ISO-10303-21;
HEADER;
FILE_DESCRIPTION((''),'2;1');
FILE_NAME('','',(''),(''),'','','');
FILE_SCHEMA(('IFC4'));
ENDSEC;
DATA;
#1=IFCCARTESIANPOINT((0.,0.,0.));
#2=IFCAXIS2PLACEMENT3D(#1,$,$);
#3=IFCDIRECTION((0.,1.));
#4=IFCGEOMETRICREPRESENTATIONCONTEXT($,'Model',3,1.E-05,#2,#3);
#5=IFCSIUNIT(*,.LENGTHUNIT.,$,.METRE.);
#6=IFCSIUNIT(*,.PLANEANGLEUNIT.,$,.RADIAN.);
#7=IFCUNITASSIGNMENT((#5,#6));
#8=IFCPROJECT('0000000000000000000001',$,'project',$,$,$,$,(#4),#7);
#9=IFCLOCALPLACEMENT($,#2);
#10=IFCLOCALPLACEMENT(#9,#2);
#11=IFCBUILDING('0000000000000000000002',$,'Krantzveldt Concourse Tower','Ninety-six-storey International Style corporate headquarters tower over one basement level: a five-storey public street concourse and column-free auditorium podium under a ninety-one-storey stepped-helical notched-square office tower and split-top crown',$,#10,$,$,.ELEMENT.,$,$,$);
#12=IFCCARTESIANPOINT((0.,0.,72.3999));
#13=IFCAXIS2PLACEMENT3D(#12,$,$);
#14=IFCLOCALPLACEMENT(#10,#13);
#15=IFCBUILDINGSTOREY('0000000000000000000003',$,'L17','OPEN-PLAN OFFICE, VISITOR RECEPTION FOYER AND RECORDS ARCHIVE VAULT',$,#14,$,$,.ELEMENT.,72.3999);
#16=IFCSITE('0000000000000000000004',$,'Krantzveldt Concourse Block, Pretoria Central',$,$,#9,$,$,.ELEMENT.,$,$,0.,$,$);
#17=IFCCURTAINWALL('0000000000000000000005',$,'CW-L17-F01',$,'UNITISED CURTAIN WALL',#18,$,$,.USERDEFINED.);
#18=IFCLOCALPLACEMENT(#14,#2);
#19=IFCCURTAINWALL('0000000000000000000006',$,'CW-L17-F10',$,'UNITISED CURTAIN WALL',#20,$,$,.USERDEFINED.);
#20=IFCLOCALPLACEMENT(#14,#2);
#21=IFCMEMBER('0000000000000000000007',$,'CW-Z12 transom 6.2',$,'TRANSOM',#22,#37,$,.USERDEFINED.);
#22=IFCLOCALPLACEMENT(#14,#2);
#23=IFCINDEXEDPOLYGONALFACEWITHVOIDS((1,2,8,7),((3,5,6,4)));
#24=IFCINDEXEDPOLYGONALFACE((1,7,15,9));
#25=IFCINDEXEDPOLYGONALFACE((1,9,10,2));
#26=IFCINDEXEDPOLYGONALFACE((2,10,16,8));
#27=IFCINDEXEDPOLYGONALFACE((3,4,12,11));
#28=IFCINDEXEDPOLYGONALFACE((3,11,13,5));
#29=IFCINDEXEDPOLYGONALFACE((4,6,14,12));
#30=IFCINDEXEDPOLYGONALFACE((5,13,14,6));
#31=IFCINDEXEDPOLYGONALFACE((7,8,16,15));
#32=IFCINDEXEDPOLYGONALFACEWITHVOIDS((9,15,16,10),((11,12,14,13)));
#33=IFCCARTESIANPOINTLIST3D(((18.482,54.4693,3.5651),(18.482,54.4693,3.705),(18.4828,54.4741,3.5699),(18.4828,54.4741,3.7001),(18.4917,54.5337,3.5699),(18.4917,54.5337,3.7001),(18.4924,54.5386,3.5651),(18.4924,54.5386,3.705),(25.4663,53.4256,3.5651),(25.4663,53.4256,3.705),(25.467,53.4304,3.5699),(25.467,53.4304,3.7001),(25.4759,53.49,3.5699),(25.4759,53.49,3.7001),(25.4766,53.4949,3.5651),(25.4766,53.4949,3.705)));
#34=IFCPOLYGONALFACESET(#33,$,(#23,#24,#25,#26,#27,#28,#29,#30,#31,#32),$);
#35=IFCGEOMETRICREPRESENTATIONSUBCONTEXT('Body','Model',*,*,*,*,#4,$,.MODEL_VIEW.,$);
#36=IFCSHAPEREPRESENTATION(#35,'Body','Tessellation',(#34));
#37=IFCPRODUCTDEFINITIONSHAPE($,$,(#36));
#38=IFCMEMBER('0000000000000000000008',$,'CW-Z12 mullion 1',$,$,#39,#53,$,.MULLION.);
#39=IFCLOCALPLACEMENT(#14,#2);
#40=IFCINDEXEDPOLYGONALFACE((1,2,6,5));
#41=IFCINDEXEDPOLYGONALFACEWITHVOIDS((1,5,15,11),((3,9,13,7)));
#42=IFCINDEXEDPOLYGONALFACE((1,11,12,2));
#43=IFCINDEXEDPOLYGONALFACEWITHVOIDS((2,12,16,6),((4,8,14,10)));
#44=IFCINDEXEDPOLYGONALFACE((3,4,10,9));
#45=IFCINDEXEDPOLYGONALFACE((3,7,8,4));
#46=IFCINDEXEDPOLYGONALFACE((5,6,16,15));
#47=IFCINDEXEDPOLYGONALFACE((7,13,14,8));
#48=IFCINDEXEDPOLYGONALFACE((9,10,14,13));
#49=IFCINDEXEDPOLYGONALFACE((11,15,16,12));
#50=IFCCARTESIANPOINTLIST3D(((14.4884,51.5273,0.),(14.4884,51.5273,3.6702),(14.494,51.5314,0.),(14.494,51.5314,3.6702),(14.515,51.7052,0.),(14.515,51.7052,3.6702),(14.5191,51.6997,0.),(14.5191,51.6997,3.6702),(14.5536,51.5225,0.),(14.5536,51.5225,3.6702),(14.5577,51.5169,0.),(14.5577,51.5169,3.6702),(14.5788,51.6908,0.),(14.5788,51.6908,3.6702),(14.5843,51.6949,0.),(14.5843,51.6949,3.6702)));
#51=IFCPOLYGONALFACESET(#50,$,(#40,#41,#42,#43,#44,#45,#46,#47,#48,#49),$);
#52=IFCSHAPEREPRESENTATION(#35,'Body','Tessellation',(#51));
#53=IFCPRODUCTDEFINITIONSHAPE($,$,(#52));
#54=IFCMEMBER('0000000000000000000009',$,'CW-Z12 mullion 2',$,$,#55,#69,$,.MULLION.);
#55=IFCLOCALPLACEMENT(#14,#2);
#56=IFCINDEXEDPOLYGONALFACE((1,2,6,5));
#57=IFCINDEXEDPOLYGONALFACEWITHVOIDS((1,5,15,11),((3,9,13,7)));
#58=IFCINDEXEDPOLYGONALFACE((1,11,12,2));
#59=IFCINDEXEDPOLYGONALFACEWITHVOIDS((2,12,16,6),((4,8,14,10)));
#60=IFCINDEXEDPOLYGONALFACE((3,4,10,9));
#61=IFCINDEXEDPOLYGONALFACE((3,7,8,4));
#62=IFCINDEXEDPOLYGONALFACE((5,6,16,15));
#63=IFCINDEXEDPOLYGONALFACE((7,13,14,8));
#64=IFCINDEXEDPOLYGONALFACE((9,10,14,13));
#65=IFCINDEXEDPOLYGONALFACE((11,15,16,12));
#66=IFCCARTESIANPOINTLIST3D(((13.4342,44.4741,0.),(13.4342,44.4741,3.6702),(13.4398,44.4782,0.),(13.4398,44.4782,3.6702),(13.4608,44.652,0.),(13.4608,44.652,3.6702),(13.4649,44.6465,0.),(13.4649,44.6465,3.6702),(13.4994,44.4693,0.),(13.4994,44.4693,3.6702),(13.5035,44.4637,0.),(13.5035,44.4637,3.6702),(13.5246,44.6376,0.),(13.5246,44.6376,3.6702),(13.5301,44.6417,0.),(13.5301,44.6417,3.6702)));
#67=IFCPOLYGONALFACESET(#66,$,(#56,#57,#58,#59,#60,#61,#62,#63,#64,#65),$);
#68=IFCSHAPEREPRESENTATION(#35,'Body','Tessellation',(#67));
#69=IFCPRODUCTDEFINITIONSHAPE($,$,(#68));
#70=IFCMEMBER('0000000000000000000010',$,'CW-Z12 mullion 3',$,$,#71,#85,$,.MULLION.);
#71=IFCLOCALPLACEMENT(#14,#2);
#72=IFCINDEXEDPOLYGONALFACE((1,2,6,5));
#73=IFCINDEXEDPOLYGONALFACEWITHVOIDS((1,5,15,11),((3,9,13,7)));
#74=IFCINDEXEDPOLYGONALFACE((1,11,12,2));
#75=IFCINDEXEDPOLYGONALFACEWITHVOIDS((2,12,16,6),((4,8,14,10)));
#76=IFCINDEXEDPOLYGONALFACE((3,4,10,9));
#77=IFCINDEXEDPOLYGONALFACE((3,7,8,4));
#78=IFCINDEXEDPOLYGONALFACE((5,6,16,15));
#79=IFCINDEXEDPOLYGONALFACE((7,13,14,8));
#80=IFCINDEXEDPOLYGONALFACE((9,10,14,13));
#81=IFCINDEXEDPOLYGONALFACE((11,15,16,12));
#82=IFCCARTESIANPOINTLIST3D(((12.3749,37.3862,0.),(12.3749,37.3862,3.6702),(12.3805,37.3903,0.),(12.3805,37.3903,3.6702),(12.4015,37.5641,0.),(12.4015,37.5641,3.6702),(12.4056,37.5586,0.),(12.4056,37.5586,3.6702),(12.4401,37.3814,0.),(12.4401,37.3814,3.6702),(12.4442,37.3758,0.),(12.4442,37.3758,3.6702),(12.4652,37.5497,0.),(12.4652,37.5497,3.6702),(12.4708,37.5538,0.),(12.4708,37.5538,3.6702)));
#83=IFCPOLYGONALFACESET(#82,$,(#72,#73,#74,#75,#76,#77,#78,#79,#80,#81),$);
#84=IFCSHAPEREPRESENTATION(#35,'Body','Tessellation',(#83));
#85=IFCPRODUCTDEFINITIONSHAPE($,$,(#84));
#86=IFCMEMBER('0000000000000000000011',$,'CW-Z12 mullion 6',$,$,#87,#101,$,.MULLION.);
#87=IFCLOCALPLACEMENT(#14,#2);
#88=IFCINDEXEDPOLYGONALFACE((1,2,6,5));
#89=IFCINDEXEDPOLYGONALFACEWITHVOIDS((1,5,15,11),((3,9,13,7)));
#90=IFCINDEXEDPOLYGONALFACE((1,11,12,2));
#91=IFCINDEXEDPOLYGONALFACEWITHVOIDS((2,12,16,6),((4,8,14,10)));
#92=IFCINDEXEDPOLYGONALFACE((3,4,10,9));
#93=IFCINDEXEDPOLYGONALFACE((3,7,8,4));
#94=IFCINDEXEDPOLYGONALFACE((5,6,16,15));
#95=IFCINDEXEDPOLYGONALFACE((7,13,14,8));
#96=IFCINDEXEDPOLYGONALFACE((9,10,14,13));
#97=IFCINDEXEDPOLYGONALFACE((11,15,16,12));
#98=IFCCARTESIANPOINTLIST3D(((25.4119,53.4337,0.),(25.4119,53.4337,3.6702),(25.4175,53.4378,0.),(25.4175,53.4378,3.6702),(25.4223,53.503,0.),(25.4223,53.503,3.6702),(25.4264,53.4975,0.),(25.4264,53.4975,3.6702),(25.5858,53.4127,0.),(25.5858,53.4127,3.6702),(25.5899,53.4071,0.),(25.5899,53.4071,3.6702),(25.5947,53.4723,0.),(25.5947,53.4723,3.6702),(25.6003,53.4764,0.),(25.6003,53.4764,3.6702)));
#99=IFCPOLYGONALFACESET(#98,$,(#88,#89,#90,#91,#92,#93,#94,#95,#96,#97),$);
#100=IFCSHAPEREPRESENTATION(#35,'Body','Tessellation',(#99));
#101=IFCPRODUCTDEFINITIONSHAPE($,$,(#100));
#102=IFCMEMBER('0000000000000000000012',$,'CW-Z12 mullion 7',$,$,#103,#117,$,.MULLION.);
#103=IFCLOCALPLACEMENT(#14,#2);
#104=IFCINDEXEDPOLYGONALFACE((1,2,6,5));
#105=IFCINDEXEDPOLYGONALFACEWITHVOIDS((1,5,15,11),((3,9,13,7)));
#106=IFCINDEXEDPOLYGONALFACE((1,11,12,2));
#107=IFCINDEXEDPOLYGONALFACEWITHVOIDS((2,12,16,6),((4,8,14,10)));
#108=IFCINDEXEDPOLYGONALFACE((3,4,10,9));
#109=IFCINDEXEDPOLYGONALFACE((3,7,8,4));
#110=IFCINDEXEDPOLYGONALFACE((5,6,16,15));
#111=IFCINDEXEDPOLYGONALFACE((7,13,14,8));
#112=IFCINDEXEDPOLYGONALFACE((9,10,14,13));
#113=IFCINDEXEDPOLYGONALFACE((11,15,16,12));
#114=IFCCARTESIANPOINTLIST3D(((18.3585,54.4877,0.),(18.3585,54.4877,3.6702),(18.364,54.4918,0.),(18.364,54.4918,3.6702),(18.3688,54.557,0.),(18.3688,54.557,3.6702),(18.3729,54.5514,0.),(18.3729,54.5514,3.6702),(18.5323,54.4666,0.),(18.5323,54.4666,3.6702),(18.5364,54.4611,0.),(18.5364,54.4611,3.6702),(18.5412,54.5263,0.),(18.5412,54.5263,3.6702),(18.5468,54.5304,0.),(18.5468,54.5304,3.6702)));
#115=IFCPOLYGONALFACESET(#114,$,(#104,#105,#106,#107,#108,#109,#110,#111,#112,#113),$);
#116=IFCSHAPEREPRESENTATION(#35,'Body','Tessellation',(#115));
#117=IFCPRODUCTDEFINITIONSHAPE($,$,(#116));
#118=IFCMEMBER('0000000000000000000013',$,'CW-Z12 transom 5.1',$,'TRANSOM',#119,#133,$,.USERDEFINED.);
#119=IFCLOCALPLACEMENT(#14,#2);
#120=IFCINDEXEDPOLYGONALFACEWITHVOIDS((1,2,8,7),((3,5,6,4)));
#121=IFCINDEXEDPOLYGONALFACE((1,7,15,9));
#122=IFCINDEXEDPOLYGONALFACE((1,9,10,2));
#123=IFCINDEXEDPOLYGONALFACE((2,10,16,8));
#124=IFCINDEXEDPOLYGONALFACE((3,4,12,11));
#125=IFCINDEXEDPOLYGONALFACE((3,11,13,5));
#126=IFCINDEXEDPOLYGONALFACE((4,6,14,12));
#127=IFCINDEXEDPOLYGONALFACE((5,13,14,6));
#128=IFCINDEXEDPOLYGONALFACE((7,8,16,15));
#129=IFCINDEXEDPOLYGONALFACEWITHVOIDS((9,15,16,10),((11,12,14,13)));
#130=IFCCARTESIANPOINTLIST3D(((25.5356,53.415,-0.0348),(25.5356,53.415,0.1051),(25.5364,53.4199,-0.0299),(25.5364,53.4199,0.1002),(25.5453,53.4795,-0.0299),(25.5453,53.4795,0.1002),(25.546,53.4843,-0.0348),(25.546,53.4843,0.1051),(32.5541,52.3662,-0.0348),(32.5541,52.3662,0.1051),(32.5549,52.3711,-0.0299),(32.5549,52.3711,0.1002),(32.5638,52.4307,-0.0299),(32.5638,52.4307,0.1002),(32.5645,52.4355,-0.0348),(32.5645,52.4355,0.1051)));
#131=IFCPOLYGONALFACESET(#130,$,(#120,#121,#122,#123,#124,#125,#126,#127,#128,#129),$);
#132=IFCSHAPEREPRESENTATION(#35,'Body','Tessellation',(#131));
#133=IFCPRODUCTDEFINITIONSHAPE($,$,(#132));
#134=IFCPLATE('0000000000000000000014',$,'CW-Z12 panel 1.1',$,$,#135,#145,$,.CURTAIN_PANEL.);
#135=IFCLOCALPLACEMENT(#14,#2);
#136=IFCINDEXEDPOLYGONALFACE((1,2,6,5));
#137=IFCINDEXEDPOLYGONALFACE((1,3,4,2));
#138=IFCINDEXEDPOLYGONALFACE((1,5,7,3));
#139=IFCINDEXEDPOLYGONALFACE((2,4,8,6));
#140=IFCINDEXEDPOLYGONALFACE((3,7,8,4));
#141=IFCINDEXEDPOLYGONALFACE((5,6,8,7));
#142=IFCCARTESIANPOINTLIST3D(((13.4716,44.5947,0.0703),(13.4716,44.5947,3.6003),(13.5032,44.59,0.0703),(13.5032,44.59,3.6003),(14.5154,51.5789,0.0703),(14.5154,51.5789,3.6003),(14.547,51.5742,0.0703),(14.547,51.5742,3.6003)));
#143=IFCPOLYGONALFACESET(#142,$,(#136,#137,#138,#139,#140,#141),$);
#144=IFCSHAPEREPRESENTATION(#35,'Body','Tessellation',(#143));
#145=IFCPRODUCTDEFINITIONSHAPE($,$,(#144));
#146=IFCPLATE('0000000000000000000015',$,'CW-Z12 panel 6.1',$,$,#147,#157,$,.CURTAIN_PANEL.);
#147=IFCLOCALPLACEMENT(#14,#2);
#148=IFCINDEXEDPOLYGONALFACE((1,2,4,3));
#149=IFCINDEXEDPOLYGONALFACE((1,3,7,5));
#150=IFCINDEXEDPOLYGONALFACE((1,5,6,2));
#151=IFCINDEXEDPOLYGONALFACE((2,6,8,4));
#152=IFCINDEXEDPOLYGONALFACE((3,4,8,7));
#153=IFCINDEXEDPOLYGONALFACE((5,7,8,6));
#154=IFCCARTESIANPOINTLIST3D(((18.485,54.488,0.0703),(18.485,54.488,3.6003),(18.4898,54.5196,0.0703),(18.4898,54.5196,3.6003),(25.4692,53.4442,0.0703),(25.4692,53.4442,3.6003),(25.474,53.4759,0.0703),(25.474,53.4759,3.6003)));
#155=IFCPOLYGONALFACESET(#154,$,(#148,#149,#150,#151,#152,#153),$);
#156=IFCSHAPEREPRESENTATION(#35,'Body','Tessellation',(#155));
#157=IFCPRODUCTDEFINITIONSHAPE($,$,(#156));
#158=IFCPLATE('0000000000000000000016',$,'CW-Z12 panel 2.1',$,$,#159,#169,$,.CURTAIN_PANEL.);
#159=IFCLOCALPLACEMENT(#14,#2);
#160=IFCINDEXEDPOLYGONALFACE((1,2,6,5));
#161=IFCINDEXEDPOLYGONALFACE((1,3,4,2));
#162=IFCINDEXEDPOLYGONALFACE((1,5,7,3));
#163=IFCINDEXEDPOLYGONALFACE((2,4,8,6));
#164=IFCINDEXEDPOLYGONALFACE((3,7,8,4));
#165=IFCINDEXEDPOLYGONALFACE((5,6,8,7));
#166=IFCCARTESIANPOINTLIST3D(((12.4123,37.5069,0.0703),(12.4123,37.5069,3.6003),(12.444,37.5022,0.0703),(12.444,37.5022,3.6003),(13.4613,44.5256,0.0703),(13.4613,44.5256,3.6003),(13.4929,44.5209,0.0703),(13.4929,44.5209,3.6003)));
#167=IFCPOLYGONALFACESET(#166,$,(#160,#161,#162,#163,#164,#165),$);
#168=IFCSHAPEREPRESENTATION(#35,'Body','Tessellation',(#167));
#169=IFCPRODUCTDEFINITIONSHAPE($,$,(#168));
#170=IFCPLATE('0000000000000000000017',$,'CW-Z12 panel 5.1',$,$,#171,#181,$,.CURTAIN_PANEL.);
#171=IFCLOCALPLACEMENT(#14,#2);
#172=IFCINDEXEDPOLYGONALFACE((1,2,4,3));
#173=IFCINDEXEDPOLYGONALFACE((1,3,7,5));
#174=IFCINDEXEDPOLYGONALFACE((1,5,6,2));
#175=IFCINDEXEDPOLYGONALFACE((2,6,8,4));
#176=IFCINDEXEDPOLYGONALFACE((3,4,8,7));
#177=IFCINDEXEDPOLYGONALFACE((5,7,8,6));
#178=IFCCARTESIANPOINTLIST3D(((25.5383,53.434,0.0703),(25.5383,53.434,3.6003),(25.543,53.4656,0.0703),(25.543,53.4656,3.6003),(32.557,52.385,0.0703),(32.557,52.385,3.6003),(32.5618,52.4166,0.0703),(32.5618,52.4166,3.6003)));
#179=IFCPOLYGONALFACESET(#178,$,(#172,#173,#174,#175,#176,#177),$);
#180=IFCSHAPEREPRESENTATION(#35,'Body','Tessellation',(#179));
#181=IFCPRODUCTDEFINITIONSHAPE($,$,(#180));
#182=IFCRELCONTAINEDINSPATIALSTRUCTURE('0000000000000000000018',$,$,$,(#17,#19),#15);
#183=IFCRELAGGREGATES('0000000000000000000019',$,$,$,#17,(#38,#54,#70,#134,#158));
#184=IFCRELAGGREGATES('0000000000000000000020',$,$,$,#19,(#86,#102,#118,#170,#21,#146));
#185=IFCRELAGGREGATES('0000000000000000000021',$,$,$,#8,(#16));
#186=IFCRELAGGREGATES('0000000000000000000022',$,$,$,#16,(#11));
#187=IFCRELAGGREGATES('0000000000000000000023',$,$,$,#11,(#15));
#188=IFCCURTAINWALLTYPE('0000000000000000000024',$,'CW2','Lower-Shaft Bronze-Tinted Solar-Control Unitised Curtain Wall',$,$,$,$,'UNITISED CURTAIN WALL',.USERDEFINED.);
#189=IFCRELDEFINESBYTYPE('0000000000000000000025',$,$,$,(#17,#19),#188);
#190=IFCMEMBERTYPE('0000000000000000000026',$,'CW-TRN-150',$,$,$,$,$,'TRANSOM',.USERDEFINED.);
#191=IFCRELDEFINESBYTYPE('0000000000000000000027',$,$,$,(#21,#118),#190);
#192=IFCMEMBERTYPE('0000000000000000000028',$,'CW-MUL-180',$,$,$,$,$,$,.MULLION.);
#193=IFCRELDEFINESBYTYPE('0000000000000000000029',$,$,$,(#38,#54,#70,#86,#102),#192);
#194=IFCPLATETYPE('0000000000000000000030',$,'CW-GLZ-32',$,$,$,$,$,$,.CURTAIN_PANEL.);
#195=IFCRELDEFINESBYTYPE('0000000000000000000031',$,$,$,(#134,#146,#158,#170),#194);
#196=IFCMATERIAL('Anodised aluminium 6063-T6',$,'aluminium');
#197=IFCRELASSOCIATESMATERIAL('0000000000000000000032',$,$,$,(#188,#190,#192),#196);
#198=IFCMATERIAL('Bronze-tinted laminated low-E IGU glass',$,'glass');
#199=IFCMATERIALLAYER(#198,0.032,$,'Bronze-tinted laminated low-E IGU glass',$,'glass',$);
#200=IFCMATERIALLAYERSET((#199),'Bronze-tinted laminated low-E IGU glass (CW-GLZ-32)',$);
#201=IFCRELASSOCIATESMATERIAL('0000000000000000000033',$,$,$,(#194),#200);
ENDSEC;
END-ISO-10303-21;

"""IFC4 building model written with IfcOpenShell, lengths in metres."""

from ifc_helpers import new_model, si_unit, direction, frame, origin, origin_2d, place, context, subcontext, project, spatial, rectangle, hollow_rectangle, extrude, source, transform, mapped, material, layer, layer_set, material_profile, profile_set, type_object, type_shapes, element, aggregate, save


model = new_model("IFC4")

# Units and contexts
model_context = context("Model", 3, precision=1e-05, world=origin(), true_north=direction((0.0, 1.0)))
body_context = subcontext(model_context, "Body", "Model", "MODEL_VIEW")
ifc_project = project(units=[si_unit("LENGTHUNIT", "METRE"), si_unit("PLANEANGLEUNIT", "RADIAN")], contexts=[model_context])

# Site, building, storey
site_placement = place(None, origin())
site = spatial("IfcSite", under=ifc_project, at=site_placement, Name="Krantzveldt Concourse Block, Pretoria Central", CompositionType="ELEMENT", RefElevation=0.0)
building_placement = place(site_placement, origin())
building = spatial("IfcBuilding", under=site, at=building_placement, Name="Krantzveldt Concourse Tower", Description="Ninety-six-storey International Style corporate headquarters tower over one basement level: a five-storey public street concourse and column-free auditorium podium under a ninety-one-storey stepped-helical notched-square office tower and split-top crown", CompositionType="ELEMENT")
storey_placement = place(building_placement, frame((0.0, 0.0, 72.3999)))
storey = spatial("IfcBuildingStorey", under=building, at=storey_placement, Name="L17", Description="OPEN-PLAN OFFICE, VISITOR RECEPTION FOYER AND RECORDS ARCHIVE VAULT", CompositionType="ELEMENT", Elevation=72.3999)

# Curtain walls, member
ifc_material_1 = material(Name="Anodised aluminium 6063-T6", Category="aluminium")
curtain_wall_type = type_object("IfcCurtainWallType", Name="CW2", Description="Lower-Shaft Bronze-Tinted Solar-Control Unitised Curtain Wall", ElementType="UNITISED CURTAIN WALL", PredefinedType="USERDEFINED", material=ifc_material_1)
curtain_wall_1_placement = place(storey_placement, origin())
curtain_wall_1 = element("IfcCurtainWall", 1, at=curtain_wall_1_placement, inside=storey, type_object=curtain_wall_type, Name="CW-L17-F01", ObjectType="UNITISED CURTAIN WALL", PredefinedType="USERDEFINED")
ifc_material_profile_1 = material_profile(ifc_material_1, hollow_rectangle(XDim=0.0701, YDim=0.1399, WallThickness=0.0049, at=origin_2d()), Name="Anodised aluminium 6063-T6", Category="aluminium")
ifc_profile_set_1 = profile_set([ifc_material_profile_1], Name="Anodised aluminium 6063-T6 - ALU-TRAN 140x70x5")
member_type_1 = type_object("IfcMemberType", Name="CW-TRN-150", ElementType="TRANSOM", PredefinedType="USERDEFINED", material=ifc_profile_set_1)
shared_shape_1 = source(origin(), body_context, "Body", "SweptSolid", [
    extrude(hollow_rectangle(XDim=0.0701, YDim=0.1399, WallThickness=0.0049, at=origin_2d()), origin(), (0.0, 0.0, 1.0), 7.0618),
])
curtain_wall_2_placement = place(storey_placement, origin())
curtain_wall_2 = element("IfcCurtainWall", 2, at=curtain_wall_2_placement, inside=storey, type_object=curtain_wall_type, Name="CW-L17-F10", ObjectType="UNITISED CURTAIN WALL", PredefinedType="USERDEFINED")
member_1_placement = place(storey_placement, frame((25.4714, 53.4602, 3.635), z_axis=(-0.989018, 0.147798, 0.0), x_axis=(-0.147798, -0.989018, 0.0)))
member_1 = element("IfcMember", 3, at=member_1_placement, type_object=member_type_1, Name="CW-Z12 transom 6.2", ObjectType="TRANSOM", PredefinedType="USERDEFINED", context=body_context, shape_type="MappedRepresentation", body=[
    mapped(shared_shape_1, transform((0.0, 0.0, 0.0), x_axis=(1.0, 0.0, 0.0), y_axis=(0.0, 1.0, 0.0), z_axis=(0.0, 0.0, 1.0), scale=1.0)),
])

# Members
ifc_material_profile_2 = material_profile(ifc_material_1, hollow_rectangle(XDim=0.0701, YDim=0.1799, WallThickness=0.0049, at=origin_2d()), Name="Anodised aluminium 6063-T6", Category="aluminium")
ifc_profile_set_2 = profile_set([ifc_material_profile_2], Name="Anodised aluminium 6063-T6 - ALU-MULL 180x70x5")
member_type_2 = type_object("IfcMemberType", Name="CW-MUL-180", PredefinedType="MULLION", material=ifc_profile_set_2)
shared_shape_2 = source(origin(), body_context, "Body", "SweptSolid", [
    extrude(hollow_rectangle(XDim=0.0701, YDim=0.1799, WallThickness=0.0049, at=origin_2d()), origin(), (0.0, 0.0, 1.0), 3.6702),
])
type_shapes(member_type_2, [shared_shape_2])
member_2_placement = place(storey_placement, frame((14.5364, 51.6111, 0.0), z_axis=(0.0, 0.0, 1.0), x_axis=(0.989016, -0.14781, 0.0)))
member_2 = element("IfcMember", 4, at=member_2_placement, type_object=member_type_2, Name="CW-Z12 mullion 1", PredefinedType="MULLION", context=body_context, shape_type="MappedRepresentation", body=[
    mapped(shared_shape_2, transform((0.0, 0.0, 0.0), x_axis=(1.0, 0.0, 0.0), y_axis=(0.0, 1.0, 0.0), z_axis=(0.0, 0.0, 1.0), scale=1.0)),
])
member_3_placement = place(storey_placement, frame((13.4822, 44.5579, 0.0), z_axis=(0.0, 0.0, 1.0), x_axis=(0.989016, -0.14781, 0.0)))
member_3 = element("IfcMember", 5, at=member_3_placement, type_object=member_type_2, Name="CW-Z12 mullion 2", PredefinedType="MULLION", context=body_context, shape_type="MappedRepresentation", body=[
    mapped(shared_shape_2, transform((0.0, 0.0, 0.0), x_axis=(1.0, 0.0, 0.0), y_axis=(0.0, 1.0, 0.0), z_axis=(0.0, 0.0, 1.0), scale=1.0)),
])
member_4_placement = place(storey_placement, frame((12.4229, 37.47, 0.0), z_axis=(0.0, 0.0, 1.0), x_axis=(0.989016, -0.14781, 0.0)))
member_4 = element("IfcMember", 6, at=member_4_placement, type_object=member_type_2, Name="CW-Z12 mullion 3", PredefinedType="MULLION", context=body_context, shape_type="MappedRepresentation", body=[
    mapped(shared_shape_2, transform((0.0, 0.0, 0.0), x_axis=(1.0, 0.0, 0.0), y_axis=(0.0, 1.0, 0.0), z_axis=(0.0, 0.0, 1.0), scale=1.0)),
])
member_5_placement = place(storey_placement, frame((25.5061, 53.4551, 0.0), z_axis=(0.0, 0.0, 1.0), x_axis=(-0.14781, -0.989016, 0.0)))
member_5 = element("IfcMember", 7, at=member_5_placement, type_object=member_type_2, Name="CW-Z12 mullion 6", PredefinedType="MULLION", context=body_context, shape_type="MappedRepresentation", body=[
    mapped(shared_shape_2, transform((0.0, 0.0, 0.0), x_axis=(1.0, 0.0, 0.0), y_axis=(0.0, 1.0, 0.0), z_axis=(0.0, 0.0, 1.0), scale=1.0)),
])
member_6_placement = place(storey_placement, frame((18.4526, 54.509, 0.0), z_axis=(0.0, 0.0, 1.0), x_axis=(-0.14781, -0.989016, 0.0)))
member_6 = element("IfcMember", 8, at=member_6_placement, type_object=member_type_2, Name="CW-Z12 mullion 7", PredefinedType="MULLION", context=body_context, shape_type="MappedRepresentation", body=[
    mapped(shared_shape_2, transform((0.0, 0.0, 0.0), x_axis=(1.0, 0.0, 0.0), y_axis=(0.0, 1.0, 0.0), z_axis=(0.0, 0.0, 1.0), scale=1.0)),
])
shared_shape_3 = source(origin(), body_context, "Body", "SweptSolid", [
    extrude(hollow_rectangle(XDim=0.0701, YDim=0.1399, WallThickness=0.0049, at=origin_2d()), origin(), (0.0, 0.0, 1.0), 7.0964),
])
member_7_placement = place(storey_placement, frame((32.5593, 52.4009, 0.0352), z_axis=(-0.989018, 0.147795, 0.0), x_axis=(-0.147795, -0.989018, 0.0)))
member_7 = element("IfcMember", 9, at=member_7_placement, type_object=member_type_1, Name="CW-Z12 transom 5.1", ObjectType="TRANSOM", PredefinedType="USERDEFINED", context=body_context, shape_type="MappedRepresentation", body=[
    mapped(shared_shape_3, transform((0.0, 0.0, 0.0), x_axis=(1.0, 0.0, 0.0), y_axis=(0.0, 1.0, 0.0), z_axis=(0.0, 0.0, 1.0), scale=1.0)),
])

# Plates
ifc_material_2 = material(Name="Bronze-tinted laminated low-E IGU glass", Category="glass")
ifc_layer_1 = layer(ifc_material_2, 0.032, Name="Bronze-tinted laminated low-E IGU glass", Category="glass")
ifc_layer_set_1 = layer_set([ifc_layer_1], Name="Bronze-tinted laminated low-E IGU glass (CW-GLZ-32)")
plate_type = type_object("IfcPlateType", Name="CW-GLZ-32", PredefinedType="CURTAIN_PANEL", material=ifc_layer_set_1)
shared_shape_4 = source(origin(), body_context, "Body", "SweptSolid", [
    extrude(rectangle(XDim=7.0618, YDim=0.032, at=origin_2d()), origin(), (0.0, 0.0, 1.0), 3.53),
])
plate_1_placement = place(storey_placement, frame((14.0093, 48.0845, 0.0703), z_axis=(0.0, 0.0, 1.0), x_axis=(-0.14781, -0.989016, 0.0)))
plate_1 = element("IfcPlate", 10, at=plate_1_placement, type_object=plate_type, Name="CW-Z12 panel 1.1", PredefinedType="CURTAIN_PANEL", context=body_context, shape_type="MappedRepresentation", body=[
    mapped(shared_shape_4, transform((0.0, 0.0, 0.0), x_axis=(1.0, 0.0, 0.0), y_axis=(0.0, 1.0, 0.0), z_axis=(0.0, 0.0, 1.0), scale=1.0)),
])
plate_2_placement = place(storey_placement, frame((21.9795, 53.9819, 0.0703), z_axis=(0.0, 0.0, 1.0), x_axis=(-0.989016, 0.14781, 0.0)))
plate_2 = element("IfcPlate", 11, at=plate_2_placement, type_object=plate_type, Name="CW-Z12 panel 6.1", PredefinedType="CURTAIN_PANEL", context=body_context, shape_type="MappedRepresentation", body=[
    mapped(shared_shape_4, transform((0.0, 0.0, 0.0), x_axis=(1.0, 0.0, 0.0), y_axis=(0.0, 1.0, 0.0), z_axis=(0.0, 0.0, 1.0), scale=1.0)),
])
shared_shape_5 = source(origin(), body_context, "Body", "SweptSolid", [
    extrude(rectangle(XDim=7.0967, YDim=0.032, at=origin_2d()), origin(), (0.0, 0.0, 1.0), 3.53),
])
type_shapes(plate_type, [shared_shape_4, shared_shape_5])
plate_3_placement = place(storey_placement, frame((12.9526, 41.0139, 0.0703), z_axis=(0.0, 0.0, 1.0), x_axis=(-0.14781, -0.989016, 0.0)))
plate_3 = element("IfcPlate", 12, at=plate_3_placement, type_object=plate_type, Name="CW-Z12 panel 2.1", PredefinedType="CURTAIN_PANEL", context=body_context, shape_type="MappedRepresentation", body=[
    mapped(shared_shape_5, transform((0.0, 0.0, 0.0), x_axis=(1.0, 0.0, 0.0), y_axis=(0.0, 1.0, 0.0), z_axis=(0.0, 0.0, 1.0), scale=1.0)),
])
aggregate(curtain_wall_1, [member_2, member_3, member_4, plate_1, plate_3])
plate_4_placement = place(storey_placement, frame((29.05, 52.9253, 0.0703), z_axis=(0.0, 0.0, 1.0), x_axis=(-0.989016, 0.14781, 0.0)))
plate_4 = element("IfcPlate", 13, at=plate_4_placement, type_object=plate_type, Name="CW-Z12 panel 5.1", PredefinedType="CURTAIN_PANEL", context=body_context, shape_type="MappedRepresentation", body=[
    mapped(shared_shape_5, transform((0.0, 0.0, 0.0), x_axis=(1.0, 0.0, 0.0), y_axis=(0.0, 1.0, 0.0), z_axis=(0.0, 0.0, 1.0), scale=1.0)),
])
aggregate(curtain_wall_2, [member_5, member_6, member_7, plate_4, member_1, plate_2])

save(model, "model.ifc")
